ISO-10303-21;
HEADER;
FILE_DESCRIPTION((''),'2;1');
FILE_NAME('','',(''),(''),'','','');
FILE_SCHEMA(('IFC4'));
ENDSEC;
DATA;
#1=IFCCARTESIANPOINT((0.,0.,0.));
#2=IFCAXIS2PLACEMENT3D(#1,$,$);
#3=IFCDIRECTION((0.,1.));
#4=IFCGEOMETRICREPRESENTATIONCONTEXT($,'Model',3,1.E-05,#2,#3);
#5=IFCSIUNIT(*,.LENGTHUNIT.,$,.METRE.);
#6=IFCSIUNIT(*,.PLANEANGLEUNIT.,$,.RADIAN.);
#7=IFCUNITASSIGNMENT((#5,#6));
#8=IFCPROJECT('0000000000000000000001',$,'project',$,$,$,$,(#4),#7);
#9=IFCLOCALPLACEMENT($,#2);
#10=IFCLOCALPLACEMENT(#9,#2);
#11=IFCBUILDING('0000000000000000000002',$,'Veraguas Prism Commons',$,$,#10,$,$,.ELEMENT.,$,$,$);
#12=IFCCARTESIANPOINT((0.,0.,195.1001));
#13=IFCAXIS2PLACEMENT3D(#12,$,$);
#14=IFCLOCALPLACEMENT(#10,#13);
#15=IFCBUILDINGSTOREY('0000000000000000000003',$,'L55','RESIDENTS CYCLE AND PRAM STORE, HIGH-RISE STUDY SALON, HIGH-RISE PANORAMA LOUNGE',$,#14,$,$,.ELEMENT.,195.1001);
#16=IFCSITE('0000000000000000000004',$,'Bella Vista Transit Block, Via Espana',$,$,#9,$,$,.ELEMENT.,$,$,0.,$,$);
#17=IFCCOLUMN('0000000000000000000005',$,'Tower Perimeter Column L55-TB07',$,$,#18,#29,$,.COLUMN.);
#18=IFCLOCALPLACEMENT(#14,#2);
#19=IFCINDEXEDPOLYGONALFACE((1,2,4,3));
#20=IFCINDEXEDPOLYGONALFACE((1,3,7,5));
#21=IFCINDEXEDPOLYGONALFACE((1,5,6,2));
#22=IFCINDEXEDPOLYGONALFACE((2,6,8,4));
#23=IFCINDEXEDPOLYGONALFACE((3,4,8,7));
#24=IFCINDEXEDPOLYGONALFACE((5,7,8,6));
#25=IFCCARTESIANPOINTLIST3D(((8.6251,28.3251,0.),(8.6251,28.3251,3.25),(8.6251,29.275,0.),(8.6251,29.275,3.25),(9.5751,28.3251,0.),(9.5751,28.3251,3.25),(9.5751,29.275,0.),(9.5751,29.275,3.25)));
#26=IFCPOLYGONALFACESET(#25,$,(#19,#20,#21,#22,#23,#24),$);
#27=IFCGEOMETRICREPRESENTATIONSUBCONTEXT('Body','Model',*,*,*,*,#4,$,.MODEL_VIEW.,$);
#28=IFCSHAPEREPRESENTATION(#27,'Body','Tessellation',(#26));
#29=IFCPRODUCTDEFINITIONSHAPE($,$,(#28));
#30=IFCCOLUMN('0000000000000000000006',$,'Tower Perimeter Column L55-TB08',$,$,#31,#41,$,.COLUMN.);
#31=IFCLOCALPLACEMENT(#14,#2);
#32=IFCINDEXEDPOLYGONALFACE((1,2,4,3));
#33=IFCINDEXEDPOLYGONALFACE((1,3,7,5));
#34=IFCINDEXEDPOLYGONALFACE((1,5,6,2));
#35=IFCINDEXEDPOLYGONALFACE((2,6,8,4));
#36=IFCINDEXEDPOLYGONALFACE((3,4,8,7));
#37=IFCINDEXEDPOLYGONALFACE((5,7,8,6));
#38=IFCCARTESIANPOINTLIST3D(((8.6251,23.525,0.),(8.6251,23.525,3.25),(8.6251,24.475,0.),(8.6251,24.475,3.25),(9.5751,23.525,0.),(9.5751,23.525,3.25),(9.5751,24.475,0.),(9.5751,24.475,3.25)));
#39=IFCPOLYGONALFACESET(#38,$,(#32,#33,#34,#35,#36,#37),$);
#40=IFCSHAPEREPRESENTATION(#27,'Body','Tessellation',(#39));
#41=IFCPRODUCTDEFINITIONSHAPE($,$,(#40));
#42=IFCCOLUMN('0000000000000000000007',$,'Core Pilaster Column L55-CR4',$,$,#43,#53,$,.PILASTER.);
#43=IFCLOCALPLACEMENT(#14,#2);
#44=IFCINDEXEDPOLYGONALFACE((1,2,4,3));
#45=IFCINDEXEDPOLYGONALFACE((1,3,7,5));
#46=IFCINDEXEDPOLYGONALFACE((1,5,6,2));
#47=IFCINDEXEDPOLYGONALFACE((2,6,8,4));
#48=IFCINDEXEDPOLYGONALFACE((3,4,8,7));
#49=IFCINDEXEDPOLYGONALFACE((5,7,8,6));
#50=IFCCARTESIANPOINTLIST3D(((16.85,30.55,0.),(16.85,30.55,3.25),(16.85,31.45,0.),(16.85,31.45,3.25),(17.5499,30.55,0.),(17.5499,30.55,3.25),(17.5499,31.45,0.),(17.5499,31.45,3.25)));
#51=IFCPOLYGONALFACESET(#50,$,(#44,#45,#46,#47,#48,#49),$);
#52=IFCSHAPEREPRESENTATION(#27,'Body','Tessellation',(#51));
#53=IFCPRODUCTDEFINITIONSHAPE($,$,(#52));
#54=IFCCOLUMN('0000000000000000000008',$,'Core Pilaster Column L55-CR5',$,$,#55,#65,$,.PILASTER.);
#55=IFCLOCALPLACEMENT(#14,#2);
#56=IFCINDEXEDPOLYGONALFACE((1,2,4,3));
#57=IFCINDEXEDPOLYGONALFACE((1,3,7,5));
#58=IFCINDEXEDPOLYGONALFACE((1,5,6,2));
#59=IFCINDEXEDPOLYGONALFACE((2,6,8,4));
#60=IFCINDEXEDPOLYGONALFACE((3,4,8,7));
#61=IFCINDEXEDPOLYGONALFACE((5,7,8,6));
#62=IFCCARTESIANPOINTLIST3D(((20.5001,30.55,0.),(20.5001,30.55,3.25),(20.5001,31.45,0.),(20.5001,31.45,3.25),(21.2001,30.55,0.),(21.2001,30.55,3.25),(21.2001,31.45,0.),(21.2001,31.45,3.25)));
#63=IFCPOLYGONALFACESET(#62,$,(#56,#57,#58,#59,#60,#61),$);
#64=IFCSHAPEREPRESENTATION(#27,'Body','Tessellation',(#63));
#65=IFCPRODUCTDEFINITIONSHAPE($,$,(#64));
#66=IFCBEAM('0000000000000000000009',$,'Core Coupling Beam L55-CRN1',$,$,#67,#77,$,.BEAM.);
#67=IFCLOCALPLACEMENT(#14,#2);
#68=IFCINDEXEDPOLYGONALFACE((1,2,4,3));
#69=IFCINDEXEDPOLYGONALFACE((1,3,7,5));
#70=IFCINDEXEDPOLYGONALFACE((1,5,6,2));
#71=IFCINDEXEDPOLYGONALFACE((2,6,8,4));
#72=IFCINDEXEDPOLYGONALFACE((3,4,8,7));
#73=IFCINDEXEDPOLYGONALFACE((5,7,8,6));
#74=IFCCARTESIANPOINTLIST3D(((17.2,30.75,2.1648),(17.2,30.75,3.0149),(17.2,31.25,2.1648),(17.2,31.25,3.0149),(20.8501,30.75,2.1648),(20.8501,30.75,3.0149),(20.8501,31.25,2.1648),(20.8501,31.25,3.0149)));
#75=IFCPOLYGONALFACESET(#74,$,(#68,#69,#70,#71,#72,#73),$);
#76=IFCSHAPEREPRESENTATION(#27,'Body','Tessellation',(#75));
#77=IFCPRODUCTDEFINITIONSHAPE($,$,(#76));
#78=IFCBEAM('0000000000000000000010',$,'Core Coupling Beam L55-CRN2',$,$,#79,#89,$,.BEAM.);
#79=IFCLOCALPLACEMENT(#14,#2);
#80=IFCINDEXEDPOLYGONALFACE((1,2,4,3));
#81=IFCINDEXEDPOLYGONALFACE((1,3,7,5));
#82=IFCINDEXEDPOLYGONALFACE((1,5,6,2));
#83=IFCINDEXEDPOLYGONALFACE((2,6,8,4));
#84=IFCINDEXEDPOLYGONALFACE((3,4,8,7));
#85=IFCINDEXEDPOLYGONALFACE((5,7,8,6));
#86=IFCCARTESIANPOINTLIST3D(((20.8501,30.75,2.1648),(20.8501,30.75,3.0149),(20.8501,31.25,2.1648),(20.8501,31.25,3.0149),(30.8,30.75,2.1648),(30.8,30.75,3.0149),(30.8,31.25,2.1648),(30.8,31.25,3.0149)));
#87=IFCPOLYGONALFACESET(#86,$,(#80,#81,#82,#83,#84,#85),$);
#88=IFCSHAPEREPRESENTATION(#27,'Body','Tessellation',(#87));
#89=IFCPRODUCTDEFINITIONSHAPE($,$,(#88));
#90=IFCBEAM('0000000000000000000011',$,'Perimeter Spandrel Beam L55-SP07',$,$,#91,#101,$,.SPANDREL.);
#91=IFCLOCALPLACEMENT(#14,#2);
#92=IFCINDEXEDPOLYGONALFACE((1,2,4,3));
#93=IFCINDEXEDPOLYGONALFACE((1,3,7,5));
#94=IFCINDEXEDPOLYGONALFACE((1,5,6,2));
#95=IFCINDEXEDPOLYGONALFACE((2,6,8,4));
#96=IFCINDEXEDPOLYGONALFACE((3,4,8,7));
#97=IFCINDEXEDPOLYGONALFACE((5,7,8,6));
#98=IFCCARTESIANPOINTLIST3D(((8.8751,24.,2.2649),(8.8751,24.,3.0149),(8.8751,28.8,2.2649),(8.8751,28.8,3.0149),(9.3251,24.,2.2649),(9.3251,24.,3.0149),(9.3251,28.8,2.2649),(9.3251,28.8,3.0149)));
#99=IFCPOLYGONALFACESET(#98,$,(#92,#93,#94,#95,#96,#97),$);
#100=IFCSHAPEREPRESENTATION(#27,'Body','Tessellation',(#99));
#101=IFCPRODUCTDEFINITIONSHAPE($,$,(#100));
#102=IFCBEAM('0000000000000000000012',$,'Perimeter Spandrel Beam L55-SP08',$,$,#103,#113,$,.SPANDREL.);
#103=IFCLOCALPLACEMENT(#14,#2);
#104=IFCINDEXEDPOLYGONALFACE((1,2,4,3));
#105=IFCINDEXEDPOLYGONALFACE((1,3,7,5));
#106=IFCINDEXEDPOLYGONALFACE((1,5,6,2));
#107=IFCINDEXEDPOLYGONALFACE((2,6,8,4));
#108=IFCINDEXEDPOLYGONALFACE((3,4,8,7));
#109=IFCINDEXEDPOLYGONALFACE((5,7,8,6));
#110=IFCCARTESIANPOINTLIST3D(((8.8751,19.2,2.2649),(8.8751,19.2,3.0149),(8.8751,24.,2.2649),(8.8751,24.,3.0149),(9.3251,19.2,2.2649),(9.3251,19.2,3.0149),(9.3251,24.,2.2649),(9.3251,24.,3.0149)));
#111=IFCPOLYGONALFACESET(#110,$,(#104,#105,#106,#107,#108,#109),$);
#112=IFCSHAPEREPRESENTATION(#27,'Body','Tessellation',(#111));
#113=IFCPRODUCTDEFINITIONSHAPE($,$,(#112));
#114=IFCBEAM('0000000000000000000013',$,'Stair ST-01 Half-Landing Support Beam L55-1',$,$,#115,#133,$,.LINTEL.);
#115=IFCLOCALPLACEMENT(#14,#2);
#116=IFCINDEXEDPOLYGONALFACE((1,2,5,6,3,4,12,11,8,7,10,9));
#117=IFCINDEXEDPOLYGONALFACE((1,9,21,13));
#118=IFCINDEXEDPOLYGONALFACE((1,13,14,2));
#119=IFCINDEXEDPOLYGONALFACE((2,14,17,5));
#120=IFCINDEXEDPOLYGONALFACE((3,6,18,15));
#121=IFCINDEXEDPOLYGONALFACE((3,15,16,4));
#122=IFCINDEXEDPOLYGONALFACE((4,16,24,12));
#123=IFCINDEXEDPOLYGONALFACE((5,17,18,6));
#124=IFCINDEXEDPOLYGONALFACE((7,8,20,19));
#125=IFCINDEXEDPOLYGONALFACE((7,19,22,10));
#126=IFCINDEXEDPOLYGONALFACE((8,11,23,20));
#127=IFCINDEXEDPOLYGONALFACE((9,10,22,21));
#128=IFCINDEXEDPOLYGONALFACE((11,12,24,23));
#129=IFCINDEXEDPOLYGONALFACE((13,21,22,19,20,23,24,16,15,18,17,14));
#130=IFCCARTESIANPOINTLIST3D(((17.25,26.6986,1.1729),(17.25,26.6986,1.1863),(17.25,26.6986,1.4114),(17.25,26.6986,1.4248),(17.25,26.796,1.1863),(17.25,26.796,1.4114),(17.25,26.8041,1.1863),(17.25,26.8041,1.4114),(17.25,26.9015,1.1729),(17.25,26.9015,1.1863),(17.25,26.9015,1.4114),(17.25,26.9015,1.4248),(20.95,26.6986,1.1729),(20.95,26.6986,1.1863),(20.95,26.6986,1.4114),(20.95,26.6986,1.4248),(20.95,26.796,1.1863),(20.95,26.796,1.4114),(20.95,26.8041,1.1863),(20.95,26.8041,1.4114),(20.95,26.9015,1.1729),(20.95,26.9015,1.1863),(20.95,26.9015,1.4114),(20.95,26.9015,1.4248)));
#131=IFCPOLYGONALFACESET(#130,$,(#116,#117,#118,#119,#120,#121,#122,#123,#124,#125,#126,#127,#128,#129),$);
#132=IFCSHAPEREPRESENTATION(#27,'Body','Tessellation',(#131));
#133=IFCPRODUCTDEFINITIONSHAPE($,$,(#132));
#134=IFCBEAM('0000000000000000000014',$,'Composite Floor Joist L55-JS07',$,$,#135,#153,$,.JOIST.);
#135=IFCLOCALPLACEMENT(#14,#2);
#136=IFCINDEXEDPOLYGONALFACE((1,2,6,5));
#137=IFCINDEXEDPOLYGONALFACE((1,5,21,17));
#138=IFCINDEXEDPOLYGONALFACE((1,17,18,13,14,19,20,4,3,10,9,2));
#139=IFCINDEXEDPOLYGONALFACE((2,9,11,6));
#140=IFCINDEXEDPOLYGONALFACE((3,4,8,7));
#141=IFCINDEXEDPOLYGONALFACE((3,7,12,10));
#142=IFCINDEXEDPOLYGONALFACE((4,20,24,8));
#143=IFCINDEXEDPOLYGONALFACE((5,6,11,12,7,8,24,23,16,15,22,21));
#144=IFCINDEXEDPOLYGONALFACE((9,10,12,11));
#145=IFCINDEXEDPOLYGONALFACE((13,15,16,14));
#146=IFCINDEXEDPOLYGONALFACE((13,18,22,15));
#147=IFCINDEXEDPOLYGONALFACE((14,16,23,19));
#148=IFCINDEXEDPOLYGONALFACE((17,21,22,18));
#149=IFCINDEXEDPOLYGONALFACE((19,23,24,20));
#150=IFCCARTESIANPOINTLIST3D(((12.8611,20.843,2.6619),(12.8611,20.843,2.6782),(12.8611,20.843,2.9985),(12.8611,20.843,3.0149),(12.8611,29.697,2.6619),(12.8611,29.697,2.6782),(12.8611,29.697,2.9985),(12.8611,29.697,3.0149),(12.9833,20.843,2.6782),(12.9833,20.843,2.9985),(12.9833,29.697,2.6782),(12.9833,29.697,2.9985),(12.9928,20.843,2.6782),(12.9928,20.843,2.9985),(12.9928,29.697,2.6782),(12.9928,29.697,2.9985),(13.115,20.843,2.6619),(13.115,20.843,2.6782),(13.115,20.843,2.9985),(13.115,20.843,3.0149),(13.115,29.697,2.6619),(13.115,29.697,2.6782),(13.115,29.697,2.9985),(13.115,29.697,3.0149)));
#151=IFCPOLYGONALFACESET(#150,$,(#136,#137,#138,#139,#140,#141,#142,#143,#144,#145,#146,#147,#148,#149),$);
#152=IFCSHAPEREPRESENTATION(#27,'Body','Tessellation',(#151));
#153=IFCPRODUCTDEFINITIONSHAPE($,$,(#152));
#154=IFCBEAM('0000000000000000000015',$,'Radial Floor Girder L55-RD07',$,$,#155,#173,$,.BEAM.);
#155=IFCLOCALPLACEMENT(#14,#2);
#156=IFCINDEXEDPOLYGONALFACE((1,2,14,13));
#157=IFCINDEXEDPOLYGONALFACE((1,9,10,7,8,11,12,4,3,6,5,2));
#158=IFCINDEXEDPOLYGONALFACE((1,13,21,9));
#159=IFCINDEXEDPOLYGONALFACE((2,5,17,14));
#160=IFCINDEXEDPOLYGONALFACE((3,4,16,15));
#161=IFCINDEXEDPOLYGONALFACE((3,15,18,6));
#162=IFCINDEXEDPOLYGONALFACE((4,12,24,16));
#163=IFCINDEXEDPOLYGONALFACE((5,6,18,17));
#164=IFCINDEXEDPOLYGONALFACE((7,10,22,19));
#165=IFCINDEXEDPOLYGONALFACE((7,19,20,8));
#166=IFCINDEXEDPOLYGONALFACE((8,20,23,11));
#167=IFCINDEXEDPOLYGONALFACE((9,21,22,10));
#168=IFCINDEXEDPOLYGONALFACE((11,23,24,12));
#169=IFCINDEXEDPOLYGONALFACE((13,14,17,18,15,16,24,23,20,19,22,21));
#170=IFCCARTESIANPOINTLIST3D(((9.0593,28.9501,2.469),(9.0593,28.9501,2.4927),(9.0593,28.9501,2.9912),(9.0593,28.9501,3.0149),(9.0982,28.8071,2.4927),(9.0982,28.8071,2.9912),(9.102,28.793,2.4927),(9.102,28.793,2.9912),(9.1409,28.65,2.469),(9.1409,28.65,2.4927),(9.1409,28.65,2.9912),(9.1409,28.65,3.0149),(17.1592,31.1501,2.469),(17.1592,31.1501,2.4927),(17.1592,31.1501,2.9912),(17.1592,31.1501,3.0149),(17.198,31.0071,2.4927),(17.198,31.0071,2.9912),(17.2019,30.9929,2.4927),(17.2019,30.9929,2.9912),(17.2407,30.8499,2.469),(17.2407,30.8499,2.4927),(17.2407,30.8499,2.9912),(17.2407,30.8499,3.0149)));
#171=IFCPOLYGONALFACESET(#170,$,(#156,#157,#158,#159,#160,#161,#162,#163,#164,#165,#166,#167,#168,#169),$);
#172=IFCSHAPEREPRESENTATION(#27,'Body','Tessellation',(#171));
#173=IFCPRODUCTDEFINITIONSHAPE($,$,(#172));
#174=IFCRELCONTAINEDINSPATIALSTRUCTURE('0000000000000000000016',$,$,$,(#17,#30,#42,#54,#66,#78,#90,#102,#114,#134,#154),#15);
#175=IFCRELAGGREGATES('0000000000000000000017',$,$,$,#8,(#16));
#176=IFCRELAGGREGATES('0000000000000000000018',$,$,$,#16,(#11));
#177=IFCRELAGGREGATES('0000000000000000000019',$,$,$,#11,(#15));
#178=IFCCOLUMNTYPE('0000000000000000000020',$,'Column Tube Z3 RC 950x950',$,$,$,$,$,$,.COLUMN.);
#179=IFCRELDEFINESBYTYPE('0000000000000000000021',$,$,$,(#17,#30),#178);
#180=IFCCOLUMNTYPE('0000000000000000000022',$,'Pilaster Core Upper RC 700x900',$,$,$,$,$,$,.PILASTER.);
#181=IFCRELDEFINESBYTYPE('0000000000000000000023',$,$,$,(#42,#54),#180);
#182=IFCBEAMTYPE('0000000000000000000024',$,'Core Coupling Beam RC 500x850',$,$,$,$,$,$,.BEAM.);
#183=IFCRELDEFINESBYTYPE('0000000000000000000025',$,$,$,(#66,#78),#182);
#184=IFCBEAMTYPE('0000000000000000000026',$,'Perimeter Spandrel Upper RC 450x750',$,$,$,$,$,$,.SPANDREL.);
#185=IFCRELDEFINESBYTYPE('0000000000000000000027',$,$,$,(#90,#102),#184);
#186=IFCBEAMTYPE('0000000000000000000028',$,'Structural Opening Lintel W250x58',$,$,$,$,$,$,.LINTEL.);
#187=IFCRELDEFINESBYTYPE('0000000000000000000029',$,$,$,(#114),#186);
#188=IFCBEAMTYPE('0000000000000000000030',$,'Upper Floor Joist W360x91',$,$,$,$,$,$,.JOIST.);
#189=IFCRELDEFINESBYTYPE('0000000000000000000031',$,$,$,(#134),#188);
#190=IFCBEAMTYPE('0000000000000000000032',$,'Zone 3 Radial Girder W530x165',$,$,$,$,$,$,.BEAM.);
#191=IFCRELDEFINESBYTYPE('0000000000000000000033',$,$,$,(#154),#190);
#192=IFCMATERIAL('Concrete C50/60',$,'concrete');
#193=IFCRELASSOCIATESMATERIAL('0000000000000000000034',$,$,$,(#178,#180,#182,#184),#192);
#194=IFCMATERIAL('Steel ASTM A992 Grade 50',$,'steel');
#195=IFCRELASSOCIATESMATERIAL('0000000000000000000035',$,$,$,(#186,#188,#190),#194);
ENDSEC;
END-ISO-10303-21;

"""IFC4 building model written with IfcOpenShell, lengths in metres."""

from ifc_helpers import new_model, si_unit, direction, frame, origin, origin_2d, place, context, subcontext, project, spatial, rectangle, i_section, extrude, material, material_profile, profile_set, type_object, element, save


model = new_model("IFC4")

# Units and contexts
model_context = context("Model", 3, precision=1e-05, world=origin(), true_north=direction((0.0, 1.0)))
body_context = subcontext(model_context, "Body", "Model", "MODEL_VIEW")
ifc_project = project(units=[si_unit("LENGTHUNIT", "METRE"), si_unit("PLANEANGLEUNIT", "RADIAN")], contexts=[model_context])

# Site, building, storey
site_placement = place(None, origin())
site = spatial("IfcSite", under=ifc_project, at=site_placement, Name="Bella Vista Transit Block, Via Espana", CompositionType="ELEMENT", RefElevation=0.0)
building_placement = place(site_placement, origin())
building = spatial("IfcBuilding", under=site, at=building_placement, Name="Veraguas Prism Commons", CompositionType="ELEMENT")
storey_placement = place(building_placement, frame((0.0, 0.0, 195.1001)))
storey = spatial("IfcBuildingStorey", under=building, at=storey_placement, Name="L55", Description="RESIDENTS CYCLE AND PRAM STORE, HIGH-RISE STUDY SALON, HIGH-RISE PANORAMA LOUNGE", CompositionType="ELEMENT", Elevation=195.1001)

# Columns
ifc_material_1 = material(Name="Concrete C50/60", Category="concrete")
ifc_material_profile_1 = material_profile(ifc_material_1, rectangle(XDim=0.95, YDim=0.95, at=origin_2d()), Name="RC950X950")
ifc_profile_set_1 = profile_set([ifc_material_profile_1], Name="Concrete C50/60")
column_type_1 = type_object("IfcColumnType", Name="Column Tube Z3 RC 950x950", PredefinedType="COLUMN", material=ifc_profile_set_1)
for number, where, z_axis, x_axis, name in (
    (1, (9.1001, 28.8, 0.0), (0.0, 0.0, 1.0), (1.0, 0.0, 0.0), "Tower Perimeter Column L55-TB07"),
    (2, (9.1001, 24.0, 0.0), (0.0, 0.0, 1.0), (1.0, 0.0, 0.0), "Tower Perimeter Column L55-TB08"),
):
    element("IfcColumn", number, at=place(storey_placement, frame(where, z_axis=z_axis, x_axis=x_axis)), inside=storey, type_object=column_type_1, Name=name, PredefinedType="COLUMN", context=body_context, shape_type="SweptSolid", body=[
        extrude(rectangle(XDim=0.95, YDim=0.95, at=origin_2d()), origin(), (0.0, 0.0, 1.0), 3.25),
    ])
ifc_material_profile_2 = material_profile(ifc_material_1, rectangle(XDim=0.7, YDim=0.8999, at=origin_2d()), Name="RC700X900")
ifc_profile_set_2 = profile_set([ifc_material_profile_2], Name="Concrete C50/60")
column_type_2 = type_object("IfcColumnType", Name="Pilaster Core Upper RC 700x900", PredefinedType="PILASTER", material=ifc_profile_set_2)
for number, where, z_axis, x_axis, name in (
    (3, (17.2, 31.0, 0.0), (0.0, 0.0, 1.0), (1.0, 0.0, 0.0), "Core Pilaster Column L55-CR4"),
    (4, (20.8501, 31.0, 0.0), (0.0, 0.0, 1.0), (1.0, 0.0, 0.0), "Core Pilaster Column L55-CR5"),
):
    element("IfcColumn", number, at=place(storey_placement, frame(where, z_axis=z_axis, x_axis=x_axis)), inside=storey, type_object=column_type_2, Name=name, PredefinedType="PILASTER", context=body_context, shape_type="SweptSolid", body=[
        extrude(rectangle(XDim=0.7, YDim=0.8999, at=origin_2d()), origin(), (0.0, 0.0, 1.0), 3.25),
    ])

# Beams
ifc_material_profile_3 = material_profile(ifc_material_1, rectangle(XDim=0.5, YDim=0.8501, at=origin_2d()), Name="RC500X850")
ifc_profile_set_3 = profile_set([ifc_material_profile_3], Name="Concrete C50/60")
beam_type_1 = type_object("IfcBeamType", Name="Core Coupling Beam RC 500x850", PredefinedType="BEAM", material=ifc_profile_set_3)
beam_1_placement = place(storey_placement, frame((17.2, 31.0, 2.5898), z_axis=(1.0, 0.0, 0.0), x_axis=(0.0, 1.0, 0.0)))
element("IfcBeam", 5, at=beam_1_placement, inside=storey, type_object=beam_type_1, Name="Core Coupling Beam L55-CRN1", PredefinedType="BEAM", context=body_context, shape_type="SweptSolid", body=[
    extrude(rectangle(XDim=0.5, YDim=0.8501, at=origin_2d()), origin(), (0.0, 0.0, 1.0), 3.6501),
])
beam_2_placement = place(storey_placement, frame((20.8501, 31.0, 2.5898), z_axis=(1.0, 0.0, 0.0), x_axis=(0.0, 1.0, 0.0)))
element("IfcBeam", 6, at=beam_2_placement, inside=storey, type_object=beam_type_1, Name="Core Coupling Beam L55-CRN2", PredefinedType="BEAM", context=body_context, shape_type="SweptSolid", body=[
    extrude(rectangle(XDim=0.5, YDim=0.8501, at=origin_2d()), origin(), (0.0, 0.0, 1.0), 9.95),
])
ifc_material_profile_4 = material_profile(ifc_material_1, rectangle(XDim=0.45, YDim=0.75, at=origin_2d()), Name="RC450X750")
ifc_profile_set_4 = profile_set([ifc_material_profile_4], Name="Concrete C50/60")
beam_type_2 = type_object("IfcBeamType", Name="Perimeter Spandrel Upper RC 450x750", PredefinedType="SPANDREL", material=ifc_profile_set_4)
for number, where, z_axis, x_axis, name in (
    (7, (9.1001, 28.8, 2.6399), (0.0, -1.0, 0.0), (1.0, 0.0, 0.0), "Perimeter Spandrel Beam L55-SP07"),
    (8, (9.1001, 24.0, 2.6399), (0.0, -1.0, 0.0), (1.0, 0.0, 0.0), "Perimeter Spandrel Beam L55-SP08"),
):
    element("IfcBeam", number, at=place(storey_placement, frame(where, z_axis=z_axis, x_axis=x_axis)), inside=storey, type_object=beam_type_2, Name=name, PredefinedType="SPANDREL", context=body_context, shape_type="SweptSolid", body=[
        extrude(rectangle(XDim=0.45, YDim=0.75, at=origin_2d()), origin(), (0.0, 0.0, 1.0), 4.8),
    ])
ifc_material_2 = material(Name="Steel ASTM A992 Grade 50", Category="steel")
ifc_material_profile_5 = material_profile(ifc_material_2, i_section(OverallWidth=0.2029, OverallDepth=0.252, WebThickness=0.0081, FlangeThickness=0.0134, at=origin_2d()), Name="W250X58")
ifc_profile_set_5 = profile_set([ifc_material_profile_5], Name="Steel ASTM A992 Grade 50")
beam_type_3 = type_object("IfcBeamType", Name="Structural Opening Lintel W250x58", PredefinedType="LINTEL", material=ifc_profile_set_5)
beam_3_placement = place(storey_placement, frame((17.25, 26.8, 1.2988), z_axis=(1.0, 0.0, 0.0), x_axis=(0.0, 1.0, 0.0)))
element("IfcBeam", 9, at=beam_3_placement, inside=storey, type_object=beam_type_3, Name="Stair ST-01 Half-Landing Support Beam L55-1", PredefinedType="LINTEL", context=body_context, shape_type="SweptSolid", body=[
    extrude(i_section(OverallWidth=0.2029, OverallDepth=0.252, WebThickness=0.0081, FlangeThickness=0.0134, at=origin_2d()), origin(), (0.0, 0.0, 1.0), 3.7),
])
ifc_material_profile_6 = material_profile(ifc_material_2, i_section(OverallWidth=0.2539, OverallDepth=0.353, WebThickness=0.0095, FlangeThickness=0.0164, at=origin_2d()), Name="W360X91")
ifc_profile_set_6 = profile_set([ifc_material_profile_6], Name="Steel ASTM A992 Grade 50")
beam_type_4 = type_object("IfcBeamType", Name="Upper Floor Joist W360x91", PredefinedType="JOIST", material=ifc_profile_set_6)
beam_4_placement = place(storey_placement, frame((12.988, 29.697, 2.8384), z_axis=(0.0, -1.0, 0.0), x_axis=(1.0, 0.0, 0.0)))
element("IfcBeam", 10, at=beam_4_placement, inside=storey, type_object=beam_type_4, Name="Composite Floor Joist L55-JS07", PredefinedType="JOIST", context=body_context, shape_type="SweptSolid", body=[
    extrude(i_section(OverallWidth=0.2539, OverallDepth=0.353, WebThickness=0.0095, FlangeThickness=0.0164, at=origin_2d()), origin(), (0.0, 0.0, 1.0), 8.854),
])
ifc_material_profile_7 = material_profile(ifc_material_2, i_section(OverallWidth=0.311, OverallDepth=0.5459, WebThickness=0.0146, FlangeThickness=0.0237, at=origin_2d()), Name="W530X165")
ifc_profile_set_7 = profile_set([ifc_material_profile_7], Name="Steel ASTM A992 Grade 50")
beam_type_5 = type_object("IfcBeamType", Name="Zone 3 Radial Girder W530x165", PredefinedType="BEAM", material=ifc_profile_set_7)
beam_5_placement = place(storey_placement, frame((9.1001, 28.8, 2.7419), z_axis=(0.965039, 0.262108, 0.0), x_axis=(-0.262108, 0.965039, 0.0)))
element("IfcBeam", 11, at=beam_5_placement, inside=storey, type_object=beam_type_5, Name="Radial Floor Girder L55-RD07", PredefinedType="BEAM", context=body_context, shape_type="SweptSolid", body=[
    extrude(i_section(OverallWidth=0.311, OverallDepth=0.5459, WebThickness=0.0146, FlangeThickness=0.0237, at=origin_2d()), origin(), (0.0, 0.0, 1.0), 8.3933),
])

save(model, "model.ifc")
